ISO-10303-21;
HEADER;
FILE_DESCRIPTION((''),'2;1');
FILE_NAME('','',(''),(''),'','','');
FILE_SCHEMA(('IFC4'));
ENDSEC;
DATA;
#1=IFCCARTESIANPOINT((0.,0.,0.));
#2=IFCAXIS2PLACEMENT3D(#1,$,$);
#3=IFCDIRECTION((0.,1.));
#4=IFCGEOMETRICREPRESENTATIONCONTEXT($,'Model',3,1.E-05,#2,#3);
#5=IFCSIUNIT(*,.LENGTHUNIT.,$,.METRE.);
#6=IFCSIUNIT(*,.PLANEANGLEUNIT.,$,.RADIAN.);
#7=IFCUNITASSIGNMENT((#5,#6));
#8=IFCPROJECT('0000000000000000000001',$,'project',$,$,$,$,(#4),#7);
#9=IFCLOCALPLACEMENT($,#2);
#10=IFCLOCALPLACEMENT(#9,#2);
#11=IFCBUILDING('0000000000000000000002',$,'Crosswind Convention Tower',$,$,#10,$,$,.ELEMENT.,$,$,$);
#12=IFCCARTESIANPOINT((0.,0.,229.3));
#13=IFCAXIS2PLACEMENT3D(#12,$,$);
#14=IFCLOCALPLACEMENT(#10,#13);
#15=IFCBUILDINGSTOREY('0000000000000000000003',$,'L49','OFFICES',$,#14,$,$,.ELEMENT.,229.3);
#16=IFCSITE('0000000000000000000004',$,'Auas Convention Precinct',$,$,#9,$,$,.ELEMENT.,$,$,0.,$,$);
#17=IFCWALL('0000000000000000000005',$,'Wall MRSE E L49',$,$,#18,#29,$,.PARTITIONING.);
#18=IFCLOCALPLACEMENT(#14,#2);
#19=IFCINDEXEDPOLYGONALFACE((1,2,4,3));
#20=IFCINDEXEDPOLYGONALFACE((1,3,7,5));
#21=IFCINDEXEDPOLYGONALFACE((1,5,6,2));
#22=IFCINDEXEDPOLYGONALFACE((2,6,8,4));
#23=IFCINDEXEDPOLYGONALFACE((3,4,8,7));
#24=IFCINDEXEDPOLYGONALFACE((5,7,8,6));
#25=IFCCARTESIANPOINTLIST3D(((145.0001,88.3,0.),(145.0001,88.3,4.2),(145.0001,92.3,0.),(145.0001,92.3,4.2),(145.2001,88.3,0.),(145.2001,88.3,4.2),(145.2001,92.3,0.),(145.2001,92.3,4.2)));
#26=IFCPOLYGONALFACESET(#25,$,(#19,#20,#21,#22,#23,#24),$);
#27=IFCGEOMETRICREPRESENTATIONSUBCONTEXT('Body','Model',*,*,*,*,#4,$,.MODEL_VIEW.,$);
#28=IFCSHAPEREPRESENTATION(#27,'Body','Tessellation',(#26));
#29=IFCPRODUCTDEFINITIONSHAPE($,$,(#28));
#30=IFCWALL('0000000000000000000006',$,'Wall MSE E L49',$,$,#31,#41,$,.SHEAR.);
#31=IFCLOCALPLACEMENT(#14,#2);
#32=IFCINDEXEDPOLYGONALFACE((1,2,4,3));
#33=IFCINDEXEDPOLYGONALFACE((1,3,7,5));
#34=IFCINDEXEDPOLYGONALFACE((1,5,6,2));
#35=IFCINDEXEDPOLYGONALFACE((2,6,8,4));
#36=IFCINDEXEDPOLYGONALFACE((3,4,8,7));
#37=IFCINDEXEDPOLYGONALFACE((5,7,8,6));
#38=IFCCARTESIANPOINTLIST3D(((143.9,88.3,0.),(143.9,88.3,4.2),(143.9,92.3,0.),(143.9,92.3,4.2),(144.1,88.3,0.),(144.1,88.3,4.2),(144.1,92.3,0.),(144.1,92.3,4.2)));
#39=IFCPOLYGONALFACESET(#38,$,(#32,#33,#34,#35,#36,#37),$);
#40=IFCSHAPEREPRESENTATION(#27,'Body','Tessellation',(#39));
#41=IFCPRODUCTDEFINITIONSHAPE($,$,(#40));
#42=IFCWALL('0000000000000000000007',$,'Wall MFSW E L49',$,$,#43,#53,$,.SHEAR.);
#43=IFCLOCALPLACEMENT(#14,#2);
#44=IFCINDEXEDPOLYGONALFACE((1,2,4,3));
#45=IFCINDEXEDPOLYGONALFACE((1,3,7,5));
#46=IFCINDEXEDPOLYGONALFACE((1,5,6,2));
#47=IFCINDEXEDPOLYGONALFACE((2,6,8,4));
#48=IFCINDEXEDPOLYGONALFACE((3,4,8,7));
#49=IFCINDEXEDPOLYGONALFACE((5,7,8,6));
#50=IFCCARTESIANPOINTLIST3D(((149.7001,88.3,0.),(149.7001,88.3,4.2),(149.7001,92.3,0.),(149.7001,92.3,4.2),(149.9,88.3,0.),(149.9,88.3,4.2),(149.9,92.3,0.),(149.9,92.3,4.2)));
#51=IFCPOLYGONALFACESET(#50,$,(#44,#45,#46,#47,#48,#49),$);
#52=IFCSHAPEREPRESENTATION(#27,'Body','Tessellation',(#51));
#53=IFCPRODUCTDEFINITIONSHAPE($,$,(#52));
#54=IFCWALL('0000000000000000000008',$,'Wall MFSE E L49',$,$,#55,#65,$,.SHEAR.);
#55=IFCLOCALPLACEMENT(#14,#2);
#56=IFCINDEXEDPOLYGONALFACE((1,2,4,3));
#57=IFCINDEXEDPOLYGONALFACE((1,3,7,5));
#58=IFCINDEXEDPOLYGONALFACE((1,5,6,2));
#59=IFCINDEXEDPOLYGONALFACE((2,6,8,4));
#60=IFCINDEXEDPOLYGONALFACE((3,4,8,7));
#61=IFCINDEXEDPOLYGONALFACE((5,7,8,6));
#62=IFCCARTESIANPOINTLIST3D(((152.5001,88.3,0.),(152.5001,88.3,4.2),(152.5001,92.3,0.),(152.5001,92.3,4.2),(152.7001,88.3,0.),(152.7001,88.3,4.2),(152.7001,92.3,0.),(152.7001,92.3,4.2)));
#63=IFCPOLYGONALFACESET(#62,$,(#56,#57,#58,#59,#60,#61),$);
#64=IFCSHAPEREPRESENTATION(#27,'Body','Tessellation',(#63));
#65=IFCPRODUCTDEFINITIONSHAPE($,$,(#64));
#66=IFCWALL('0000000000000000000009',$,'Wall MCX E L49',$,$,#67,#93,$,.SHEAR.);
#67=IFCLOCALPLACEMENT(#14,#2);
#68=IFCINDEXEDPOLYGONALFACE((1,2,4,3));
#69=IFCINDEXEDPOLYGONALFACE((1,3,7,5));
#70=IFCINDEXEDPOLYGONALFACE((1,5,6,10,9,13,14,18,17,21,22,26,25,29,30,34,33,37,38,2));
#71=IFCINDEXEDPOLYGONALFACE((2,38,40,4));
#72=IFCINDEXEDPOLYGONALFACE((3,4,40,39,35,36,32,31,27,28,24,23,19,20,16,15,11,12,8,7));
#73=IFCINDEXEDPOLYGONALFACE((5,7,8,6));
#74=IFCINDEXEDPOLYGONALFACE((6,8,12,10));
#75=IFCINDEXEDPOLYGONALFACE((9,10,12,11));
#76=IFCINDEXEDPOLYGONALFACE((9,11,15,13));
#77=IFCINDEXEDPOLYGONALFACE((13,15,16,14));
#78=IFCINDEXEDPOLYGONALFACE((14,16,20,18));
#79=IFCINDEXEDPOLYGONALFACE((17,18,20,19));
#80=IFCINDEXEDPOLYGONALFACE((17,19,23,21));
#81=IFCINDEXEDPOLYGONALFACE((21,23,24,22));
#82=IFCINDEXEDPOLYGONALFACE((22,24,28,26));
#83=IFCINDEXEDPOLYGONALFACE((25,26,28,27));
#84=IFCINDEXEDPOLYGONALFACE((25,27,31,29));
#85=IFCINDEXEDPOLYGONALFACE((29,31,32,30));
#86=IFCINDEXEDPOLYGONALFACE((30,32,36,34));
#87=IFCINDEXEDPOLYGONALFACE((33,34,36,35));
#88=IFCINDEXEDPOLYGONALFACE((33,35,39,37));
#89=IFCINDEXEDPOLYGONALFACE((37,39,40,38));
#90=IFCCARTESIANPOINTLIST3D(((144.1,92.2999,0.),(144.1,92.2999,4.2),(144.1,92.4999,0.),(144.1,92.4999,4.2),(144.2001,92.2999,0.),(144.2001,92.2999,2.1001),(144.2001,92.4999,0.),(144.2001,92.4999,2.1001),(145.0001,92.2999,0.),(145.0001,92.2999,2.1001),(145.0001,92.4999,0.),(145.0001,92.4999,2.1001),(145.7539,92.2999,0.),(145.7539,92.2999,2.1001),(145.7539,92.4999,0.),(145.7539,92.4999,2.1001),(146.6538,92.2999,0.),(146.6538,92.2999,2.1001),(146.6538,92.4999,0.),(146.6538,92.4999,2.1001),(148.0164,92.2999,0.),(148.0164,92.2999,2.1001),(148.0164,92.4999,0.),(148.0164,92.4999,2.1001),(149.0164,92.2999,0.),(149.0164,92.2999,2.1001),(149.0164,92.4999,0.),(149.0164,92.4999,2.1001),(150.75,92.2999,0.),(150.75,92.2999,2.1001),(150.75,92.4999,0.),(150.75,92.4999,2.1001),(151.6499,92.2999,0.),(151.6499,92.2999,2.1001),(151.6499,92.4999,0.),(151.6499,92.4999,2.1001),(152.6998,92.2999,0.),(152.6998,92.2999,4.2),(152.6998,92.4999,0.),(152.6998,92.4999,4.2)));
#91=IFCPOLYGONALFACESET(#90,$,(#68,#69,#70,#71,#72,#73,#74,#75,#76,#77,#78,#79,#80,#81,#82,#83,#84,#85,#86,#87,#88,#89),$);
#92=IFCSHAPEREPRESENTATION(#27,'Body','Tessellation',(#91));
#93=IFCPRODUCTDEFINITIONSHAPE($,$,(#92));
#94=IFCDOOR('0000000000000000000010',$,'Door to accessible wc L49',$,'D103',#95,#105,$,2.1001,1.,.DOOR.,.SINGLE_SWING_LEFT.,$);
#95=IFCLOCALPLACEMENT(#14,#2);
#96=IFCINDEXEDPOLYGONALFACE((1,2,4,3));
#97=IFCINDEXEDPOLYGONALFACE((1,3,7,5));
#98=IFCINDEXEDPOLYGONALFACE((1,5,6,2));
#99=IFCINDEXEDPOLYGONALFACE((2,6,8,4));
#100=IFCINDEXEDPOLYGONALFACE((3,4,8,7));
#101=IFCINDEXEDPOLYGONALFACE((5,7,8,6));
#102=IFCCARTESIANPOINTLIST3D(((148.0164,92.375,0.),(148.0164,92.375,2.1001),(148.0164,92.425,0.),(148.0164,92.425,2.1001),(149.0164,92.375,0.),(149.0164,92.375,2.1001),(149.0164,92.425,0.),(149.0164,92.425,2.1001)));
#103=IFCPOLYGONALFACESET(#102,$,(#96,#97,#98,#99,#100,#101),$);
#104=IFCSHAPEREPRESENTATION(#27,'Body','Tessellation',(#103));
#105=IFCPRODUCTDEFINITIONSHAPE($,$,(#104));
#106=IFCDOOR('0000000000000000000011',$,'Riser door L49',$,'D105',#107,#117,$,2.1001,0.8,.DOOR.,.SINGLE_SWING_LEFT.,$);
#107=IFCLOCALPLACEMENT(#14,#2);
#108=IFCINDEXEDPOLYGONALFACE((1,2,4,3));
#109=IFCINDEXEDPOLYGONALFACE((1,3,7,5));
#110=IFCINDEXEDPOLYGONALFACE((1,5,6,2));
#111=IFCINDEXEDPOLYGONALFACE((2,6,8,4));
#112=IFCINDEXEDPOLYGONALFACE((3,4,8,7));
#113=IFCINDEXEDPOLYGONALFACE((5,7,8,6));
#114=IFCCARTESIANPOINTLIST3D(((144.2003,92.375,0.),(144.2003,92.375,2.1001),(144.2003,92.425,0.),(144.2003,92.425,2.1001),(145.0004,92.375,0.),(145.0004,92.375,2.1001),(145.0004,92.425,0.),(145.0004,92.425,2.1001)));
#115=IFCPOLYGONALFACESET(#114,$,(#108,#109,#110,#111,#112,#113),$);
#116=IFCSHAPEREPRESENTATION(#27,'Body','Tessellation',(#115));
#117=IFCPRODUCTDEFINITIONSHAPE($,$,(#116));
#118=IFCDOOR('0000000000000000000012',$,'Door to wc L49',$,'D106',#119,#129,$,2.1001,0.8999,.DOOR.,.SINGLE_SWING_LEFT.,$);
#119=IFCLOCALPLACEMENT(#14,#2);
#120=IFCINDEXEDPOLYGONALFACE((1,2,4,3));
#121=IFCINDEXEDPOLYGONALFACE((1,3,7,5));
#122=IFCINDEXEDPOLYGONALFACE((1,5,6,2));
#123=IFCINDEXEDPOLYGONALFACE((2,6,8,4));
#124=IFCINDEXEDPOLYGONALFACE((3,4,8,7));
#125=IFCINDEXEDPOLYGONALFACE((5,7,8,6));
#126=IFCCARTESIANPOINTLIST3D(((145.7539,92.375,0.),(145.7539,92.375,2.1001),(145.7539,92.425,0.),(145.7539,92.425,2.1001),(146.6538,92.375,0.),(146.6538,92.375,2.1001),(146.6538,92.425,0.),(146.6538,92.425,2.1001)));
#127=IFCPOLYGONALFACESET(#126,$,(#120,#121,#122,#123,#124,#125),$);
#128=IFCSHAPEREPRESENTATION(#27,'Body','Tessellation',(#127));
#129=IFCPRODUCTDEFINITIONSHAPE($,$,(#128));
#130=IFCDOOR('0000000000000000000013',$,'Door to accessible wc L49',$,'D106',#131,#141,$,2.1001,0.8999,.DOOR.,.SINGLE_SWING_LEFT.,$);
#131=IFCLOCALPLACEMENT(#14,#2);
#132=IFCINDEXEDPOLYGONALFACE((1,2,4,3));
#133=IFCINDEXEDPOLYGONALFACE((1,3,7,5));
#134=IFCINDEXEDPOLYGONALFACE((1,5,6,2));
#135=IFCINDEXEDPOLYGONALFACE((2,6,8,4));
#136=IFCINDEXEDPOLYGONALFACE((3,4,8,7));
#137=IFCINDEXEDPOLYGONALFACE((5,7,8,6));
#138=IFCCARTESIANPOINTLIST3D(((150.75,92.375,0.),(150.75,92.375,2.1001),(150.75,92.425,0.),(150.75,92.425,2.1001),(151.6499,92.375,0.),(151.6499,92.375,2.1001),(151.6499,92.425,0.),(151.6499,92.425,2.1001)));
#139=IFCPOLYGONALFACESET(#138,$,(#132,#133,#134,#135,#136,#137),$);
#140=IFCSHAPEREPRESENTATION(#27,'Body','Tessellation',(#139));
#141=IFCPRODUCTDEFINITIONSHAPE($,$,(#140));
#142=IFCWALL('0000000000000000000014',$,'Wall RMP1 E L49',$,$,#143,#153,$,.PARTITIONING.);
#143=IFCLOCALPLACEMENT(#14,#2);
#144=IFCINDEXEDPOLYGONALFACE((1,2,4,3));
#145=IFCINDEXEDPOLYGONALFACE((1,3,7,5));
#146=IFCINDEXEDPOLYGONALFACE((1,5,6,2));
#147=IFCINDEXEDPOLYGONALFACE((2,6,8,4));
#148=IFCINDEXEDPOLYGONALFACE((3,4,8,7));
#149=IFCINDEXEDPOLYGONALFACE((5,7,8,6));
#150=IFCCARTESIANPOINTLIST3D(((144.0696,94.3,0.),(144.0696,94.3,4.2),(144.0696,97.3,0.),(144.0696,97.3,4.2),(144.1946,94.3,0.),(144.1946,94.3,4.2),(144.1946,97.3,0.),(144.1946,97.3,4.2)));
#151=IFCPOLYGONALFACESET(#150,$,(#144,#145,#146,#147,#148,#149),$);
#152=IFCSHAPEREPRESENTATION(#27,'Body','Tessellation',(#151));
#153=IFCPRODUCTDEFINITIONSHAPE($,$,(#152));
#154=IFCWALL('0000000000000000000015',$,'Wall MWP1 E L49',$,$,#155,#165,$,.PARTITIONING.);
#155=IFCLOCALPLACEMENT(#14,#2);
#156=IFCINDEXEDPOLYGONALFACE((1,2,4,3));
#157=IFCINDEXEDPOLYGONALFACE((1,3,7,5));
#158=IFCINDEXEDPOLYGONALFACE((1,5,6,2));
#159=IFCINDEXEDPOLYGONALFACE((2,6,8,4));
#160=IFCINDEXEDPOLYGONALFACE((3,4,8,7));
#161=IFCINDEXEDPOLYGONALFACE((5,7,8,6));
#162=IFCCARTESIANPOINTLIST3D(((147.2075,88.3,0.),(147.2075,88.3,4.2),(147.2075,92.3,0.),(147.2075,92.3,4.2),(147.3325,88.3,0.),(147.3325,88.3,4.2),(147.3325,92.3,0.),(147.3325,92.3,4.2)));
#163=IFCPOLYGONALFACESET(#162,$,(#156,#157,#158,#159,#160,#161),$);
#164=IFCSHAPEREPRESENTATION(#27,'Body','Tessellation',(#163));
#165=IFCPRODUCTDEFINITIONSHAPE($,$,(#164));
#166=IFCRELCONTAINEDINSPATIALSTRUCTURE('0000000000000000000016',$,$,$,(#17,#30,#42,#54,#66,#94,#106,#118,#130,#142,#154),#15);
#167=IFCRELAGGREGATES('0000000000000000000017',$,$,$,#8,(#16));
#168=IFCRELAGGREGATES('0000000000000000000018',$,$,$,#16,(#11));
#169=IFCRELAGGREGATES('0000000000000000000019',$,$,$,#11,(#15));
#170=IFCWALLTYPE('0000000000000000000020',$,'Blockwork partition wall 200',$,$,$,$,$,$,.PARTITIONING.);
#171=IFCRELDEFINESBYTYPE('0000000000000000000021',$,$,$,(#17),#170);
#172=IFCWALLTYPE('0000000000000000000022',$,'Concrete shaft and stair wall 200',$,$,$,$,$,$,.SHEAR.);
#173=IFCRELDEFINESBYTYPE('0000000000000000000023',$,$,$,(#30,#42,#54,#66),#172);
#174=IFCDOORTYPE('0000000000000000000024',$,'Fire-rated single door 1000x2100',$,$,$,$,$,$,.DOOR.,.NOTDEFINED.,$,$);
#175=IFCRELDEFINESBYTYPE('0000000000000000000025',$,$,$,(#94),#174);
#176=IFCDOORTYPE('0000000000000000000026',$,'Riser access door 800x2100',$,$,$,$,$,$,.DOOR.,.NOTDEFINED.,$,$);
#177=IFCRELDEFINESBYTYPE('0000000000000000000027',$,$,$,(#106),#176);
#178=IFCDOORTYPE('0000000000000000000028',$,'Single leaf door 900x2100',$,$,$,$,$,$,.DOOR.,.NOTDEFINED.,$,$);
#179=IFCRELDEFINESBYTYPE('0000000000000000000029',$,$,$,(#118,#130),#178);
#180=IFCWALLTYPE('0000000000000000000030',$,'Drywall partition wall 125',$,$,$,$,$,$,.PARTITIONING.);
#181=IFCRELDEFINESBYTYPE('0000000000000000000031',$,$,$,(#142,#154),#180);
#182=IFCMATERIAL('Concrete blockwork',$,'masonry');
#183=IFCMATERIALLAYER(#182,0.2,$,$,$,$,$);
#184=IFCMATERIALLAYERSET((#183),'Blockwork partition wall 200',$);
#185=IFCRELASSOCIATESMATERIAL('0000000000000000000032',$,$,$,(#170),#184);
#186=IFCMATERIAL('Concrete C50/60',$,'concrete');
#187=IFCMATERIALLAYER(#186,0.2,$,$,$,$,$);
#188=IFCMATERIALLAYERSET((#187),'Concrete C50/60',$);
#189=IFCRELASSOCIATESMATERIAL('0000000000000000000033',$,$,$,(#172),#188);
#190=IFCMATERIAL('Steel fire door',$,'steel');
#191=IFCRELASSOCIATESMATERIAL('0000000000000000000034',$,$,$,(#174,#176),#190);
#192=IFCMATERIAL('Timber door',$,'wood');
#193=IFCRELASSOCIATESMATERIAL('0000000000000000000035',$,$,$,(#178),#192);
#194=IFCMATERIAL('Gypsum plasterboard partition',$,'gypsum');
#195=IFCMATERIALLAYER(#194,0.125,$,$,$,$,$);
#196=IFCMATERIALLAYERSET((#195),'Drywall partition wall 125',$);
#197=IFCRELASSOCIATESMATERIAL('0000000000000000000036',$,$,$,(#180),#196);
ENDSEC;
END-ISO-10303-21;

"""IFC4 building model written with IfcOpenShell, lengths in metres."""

from ifc_helpers import new_model, si_unit, direction, frame, frame_2d, origin, place, context, subcontext, project, spatial, rectangle, extrude, material, layer, layer_set, type_object, element, fill, save


model = new_model("IFC4")

# Units and contexts
model_context = context("Model", 3, precision=1e-05, world=origin(), true_north=direction((0.0, 1.0)))
body_context = subcontext(model_context, "Body", "Model", "MODEL_VIEW")
ifc_project = project(units=[si_unit("LENGTHUNIT", "METRE"), si_unit("PLANEANGLEUNIT", "RADIAN")], contexts=[model_context])

# Site, building, storey
site_placement = place(None, origin())
site = spatial("IfcSite", under=ifc_project, at=site_placement, Name="Auas Convention Precinct", CompositionType="ELEMENT", RefElevation=0.0)
building_placement = place(site_placement, origin())
building = spatial("IfcBuilding", under=site, at=building_placement, Name="Crosswind Convention Tower", CompositionType="ELEMENT")
storey_placement = place(building_placement, frame((0.0, 0.0, 229.3)))
storey = spatial("IfcBuildingStorey", under=building, at=storey_placement, Name="L49", Description="OFFICES", CompositionType="ELEMENT", Elevation=229.3)

# Walls
ifc_material_1 = material(Name="Concrete blockwork", Category="masonry")
ifc_layer_1 = layer(ifc_material_1, 0.2)
ifc_layer_set_1 = layer_set([ifc_layer_1], Name="Blockwork partition wall 200")
wall_type_1 = type_object("IfcWallType", Name="Blockwork partition wall 200", PredefinedType="PARTITIONING", material=ifc_layer_set_1)
wall_1_placement = place(storey_placement, frame((145.1001, 88.3, 0.0), z_axis=(0.0, 0.0, 1.0), x_axis=(0.0, 1.0, 0.0)))
element("IfcWall", 1, at=wall_1_placement, inside=storey, type_object=wall_type_1, Name="Wall MRSE E L49", PredefinedType="PARTITIONING", context=body_context, shape_type="SweptSolid", body=[
    extrude(rectangle(XDim=4.0, YDim=0.2, at=frame_2d((2.0, 0.0))), origin(), (0.0, 0.0, 1.0), 4.2),
])
ifc_material_2 = material(Name="Concrete C50/60", Category="concrete")
ifc_layer_2 = layer(ifc_material_2, 0.2)
ifc_layer_set_2 = layer_set([ifc_layer_2], Name="Concrete C50/60")
wall_type_2 = type_object("IfcWallType", Name="Concrete shaft and stair wall 200", PredefinedType="SHEAR", material=ifc_layer_set_2)
for number, where, z_axis, x_axis, name in (
    (2, (144.0, 88.3, 0.0), (0.0, 0.0, 1.0), (0.0, 1.0, 0.0), "Wall MSE E L49"),
    (3, (149.8, 88.3, 0.0), (0.0, 0.0, 1.0), (0.0, 1.0, 0.0), "Wall MFSW E L49"),
    (4, (152.6001, 88.3, 0.0), (0.0, 0.0, 1.0), (0.0, 1.0, 0.0), "Wall MFSE E L49"),
):
    element("IfcWall", number, at=place(storey_placement, frame(where, z_axis=z_axis, x_axis=x_axis)), inside=storey, type_object=wall_type_2, Name=name, PredefinedType="SHEAR", context=body_context, shape_type="SweptSolid", body=[
        extrude(rectangle(XDim=4.0, YDim=0.2, at=frame_2d((2.0, 0.0))), origin(), (0.0, 0.0, 1.0), 4.2),
    ])

# Wall, openings, doors
wall_2_placement = place(storey_placement, frame((144.1001, 92.3999, 0.0), z_axis=(0.0, 0.0, 1.0), x_axis=(1.0, 0.0, 0.0)))
wall_2 = element("IfcWall", 5, at=wall_2_placement, inside=storey, type_object=wall_type_2, Name="Wall MCX E L49", PredefinedType="SHEAR", context=body_context, shape_type="SweptSolid", body=[
    extrude(rectangle(XDim=8.5999, YDim=0.2, at=frame_2d((4.2998, 0.0))), origin(), (0.0, 0.0, 1.0), 4.2),
])
opening_1_placement = place(wall_2_placement, frame((0.1001, 0.0, 0.0)))
opening_1 = element("IfcOpeningElement", 6, at=opening_1_placement, cuts=wall_2, PredefinedType="OPENING", context=body_context, shape_type="SweptSolid", body=[
    extrude(rectangle(XDim=0.8, YDim=2.1001, at=frame_2d((0.3999, 1.05))), frame((0.0, 0.1099, 0.0), z_axis=(0.0, -1.0, 0.0), x_axis=(1.0, 0.0, 0.0)), (0.0, 0.0, 1.0), 0.22),
])
opening_2_placement = place(wall_2_placement, frame((1.6538, 0.0, 0.0)))
opening_2 = element("IfcOpeningElement", 7, at=opening_2_placement, cuts=wall_2, PredefinedType="OPENING", context=body_context, shape_type="SweptSolid", body=[
    extrude(rectangle(XDim=0.8999, YDim=2.1001, at=frame_2d((0.45, 1.05))), frame((0.0, 0.1099, 0.0), z_axis=(0.0, -1.0, 0.0), x_axis=(1.0, 0.0, 0.0)), (0.0, 0.0, 1.0), 0.22),
])
opening_3_placement = place(wall_2_placement, frame((3.9163, 0.0, 0.0)))
opening_3 = element("IfcOpeningElement", 8, at=opening_3_placement, cuts=wall_2, PredefinedType="OPENING", context=body_context, shape_type="SweptSolid", body=[
    extrude(rectangle(XDim=1.0, YDim=2.1001, at=frame_2d((0.5, 1.05))), frame((0.0, 0.1099, 0.0), z_axis=(0.0, -1.0, 0.0), x_axis=(1.0, 0.0, 0.0)), (0.0, 0.0, 1.0), 0.22),
])
opening_4_placement = place(wall_2_placement, frame((6.6499, 0.0, 0.0)))
opening_4 = element("IfcOpeningElement", 9, at=opening_4_placement, cuts=wall_2, PredefinedType="OPENING", context=body_context, shape_type="SweptSolid", body=[
    extrude(rectangle(XDim=0.8999, YDim=2.1001, at=frame_2d((0.45, 1.05))), frame((0.0, 0.1099, 0.0), z_axis=(0.0, -1.0, 0.0), x_axis=(1.0, 0.0, 0.0)), (0.0, 0.0, 1.0), 0.22),
])
ifc_material_3 = material(Name="Steel fire door", Category="steel")
door_type_1 = type_object("IfcDoorType", Name="Fire-rated single door 1000x2100", OperationType="NOTDEFINED", PredefinedType="DOOR", material=ifc_material_3)
door_1_placement = place(opening_3_placement, frame((1.0, 0.0, 0.0), z_axis=(0.0, 0.0, 1.0), x_axis=(-1.0, 0.0, 0.0)))
door_1 = element("IfcDoor", 10, at=door_1_placement, inside=storey, type_object=door_type_1, Name="Door to accessible wc L49", ObjectType="D103", OperationType="SINGLE_SWING_LEFT", OverallHeight=2.1001, OverallWidth=1.0, PredefinedType="DOOR", context=body_context, shape_type="SweptSolid", body=[
    extrude(rectangle(XDim=1.0, YDim=2.1001, at=frame_2d((0.5, 1.05))), frame((0.0, 0.0249, 0.0), z_axis=(0.0, -1.0, 0.0), x_axis=(1.0, 0.0, 0.0)), (0.0, 0.0, 1.0), 0.05),
])
fill(opening_3, door_1)
door_type_2 = type_object("IfcDoorType", Name="Riser access door 800x2100", OperationType="NOTDEFINED", PredefinedType="DOOR", material=ifc_material_3)
door_2_placement = place(opening_1_placement, frame((0.8, 0.0, 0.0), z_axis=(0.0, 0.0, 1.0), x_axis=(-1.0, 0.0, 0.0)))
door_2 = element("IfcDoor", 11, at=door_2_placement, inside=storey, type_object=door_type_2, Name="Riser door L49", ObjectType="D105", OperationType="SINGLE_SWING_LEFT", OverallHeight=2.1001, OverallWidth=0.8, PredefinedType="DOOR", context=body_context, shape_type="SweptSolid", body=[
    extrude(rectangle(XDim=0.8, YDim=2.1001, at=frame_2d((0.3999, 1.05))), frame((0.0, 0.0249, 0.0), z_axis=(0.0, -1.0, 0.0), x_axis=(1.0, 0.0, 0.0)), (0.0, 0.0, 1.0), 0.05),
])
fill(opening_1, door_2)
ifc_material_4 = material(Name="Timber door", Category="wood")
door_type_3 = type_object("IfcDoorType", Name="Single leaf door 900x2100", OperationType="NOTDEFINED", PredefinedType="DOOR", material=ifc_material_4)
door_3_placement = place(opening_2_placement, frame((0.8999, 0.0, 0.0), z_axis=(0.0, 0.0, 1.0), x_axis=(-1.0, 0.0, 0.0)))
door_3 = element("IfcDoor", 12, at=door_3_placement, inside=storey, type_object=door_type_3, Name="Door to wc L49", ObjectType="D106", OperationType="SINGLE_SWING_LEFT", OverallHeight=2.1001, OverallWidth=0.8999, PredefinedType="DOOR", context=body_context, shape_type="SweptSolid", body=[
    extrude(rectangle(XDim=0.8999, YDim=2.1001, at=frame_2d((0.45, 1.05))), frame((0.0, 0.0249, 0.0), z_axis=(0.0, -1.0, 0.0), x_axis=(1.0, 0.0, 0.0)), (0.0, 0.0, 1.0), 0.05),
])
fill(opening_2, door_3)
door_4_placement = place(opening_4_placement, frame((0.8999, 0.0, 0.0), z_axis=(0.0, 0.0, 1.0), x_axis=(-1.0, 0.0, 0.0)))
door_4 = element("IfcDoor", 13, at=door_4_placement, inside=storey, type_object=door_type_3, Name="Door to accessible wc L49", ObjectType="D106", OperationType="SINGLE_SWING_LEFT", OverallHeight=2.1001, OverallWidth=0.8999, PredefinedType="DOOR", context=body_context, shape_type="SweptSolid", body=[
    extrude(rectangle(XDim=0.8999, YDim=2.1001, at=frame_2d((0.45, 1.05))), frame((0.0, 0.0249, 0.0), z_axis=(0.0, -1.0, 0.0), x_axis=(1.0, 0.0, 0.0)), (0.0, 0.0, 1.0), 0.05),
])
fill(opening_4, door_4)

# Walls
ifc_material_5 = material(Name="Gypsum plasterboard partition", Category="gypsum")
ifc_layer_3 = layer(ifc_material_5, 0.125)
ifc_layer_set_3 = layer_set([ifc_layer_3], Name="Drywall partition wall 125")
wall_type_3 = type_object("IfcWallType", Name="Drywall partition wall 125", PredefinedType="PARTITIONING", material=ifc_layer_set_3)
wall_3_placement = place(storey_placement, frame((144.1321, 94.3, 0.0), z_axis=(0.0, 0.0, 1.0), x_axis=(0.0, 1.0, 0.0)))
element("IfcWall", 14, at=wall_3_placement, inside=storey, type_object=wall_type_3, Name="Wall RMP1 E L49", PredefinedType="PARTITIONING", context=body_context, shape_type="SweptSolid", body=[
    extrude(rectangle(XDim=3.0, YDim=0.125, at=frame_2d((1.5, 0.0))), origin(), (0.0, 0.0, 1.0), 4.2),
])
wall_4_placement = place(storey_placement, frame((147.27, 88.3, 0.0), z_axis=(0.0, 0.0, 1.0), x_axis=(0.0, 1.0, 0.0)))
element("IfcWall", 15, at=wall_4_placement, inside=storey, type_object=wall_type_3, Name="Wall MWP1 E L49", PredefinedType="PARTITIONING", context=body_context, shape_type="SweptSolid", body=[
    extrude(rectangle(XDim=4.0, YDim=0.125, at=frame_2d((2.0, 0.0))), origin(), (0.0, 0.0, 1.0), 4.2),
])

save(model, "model.ifc")
